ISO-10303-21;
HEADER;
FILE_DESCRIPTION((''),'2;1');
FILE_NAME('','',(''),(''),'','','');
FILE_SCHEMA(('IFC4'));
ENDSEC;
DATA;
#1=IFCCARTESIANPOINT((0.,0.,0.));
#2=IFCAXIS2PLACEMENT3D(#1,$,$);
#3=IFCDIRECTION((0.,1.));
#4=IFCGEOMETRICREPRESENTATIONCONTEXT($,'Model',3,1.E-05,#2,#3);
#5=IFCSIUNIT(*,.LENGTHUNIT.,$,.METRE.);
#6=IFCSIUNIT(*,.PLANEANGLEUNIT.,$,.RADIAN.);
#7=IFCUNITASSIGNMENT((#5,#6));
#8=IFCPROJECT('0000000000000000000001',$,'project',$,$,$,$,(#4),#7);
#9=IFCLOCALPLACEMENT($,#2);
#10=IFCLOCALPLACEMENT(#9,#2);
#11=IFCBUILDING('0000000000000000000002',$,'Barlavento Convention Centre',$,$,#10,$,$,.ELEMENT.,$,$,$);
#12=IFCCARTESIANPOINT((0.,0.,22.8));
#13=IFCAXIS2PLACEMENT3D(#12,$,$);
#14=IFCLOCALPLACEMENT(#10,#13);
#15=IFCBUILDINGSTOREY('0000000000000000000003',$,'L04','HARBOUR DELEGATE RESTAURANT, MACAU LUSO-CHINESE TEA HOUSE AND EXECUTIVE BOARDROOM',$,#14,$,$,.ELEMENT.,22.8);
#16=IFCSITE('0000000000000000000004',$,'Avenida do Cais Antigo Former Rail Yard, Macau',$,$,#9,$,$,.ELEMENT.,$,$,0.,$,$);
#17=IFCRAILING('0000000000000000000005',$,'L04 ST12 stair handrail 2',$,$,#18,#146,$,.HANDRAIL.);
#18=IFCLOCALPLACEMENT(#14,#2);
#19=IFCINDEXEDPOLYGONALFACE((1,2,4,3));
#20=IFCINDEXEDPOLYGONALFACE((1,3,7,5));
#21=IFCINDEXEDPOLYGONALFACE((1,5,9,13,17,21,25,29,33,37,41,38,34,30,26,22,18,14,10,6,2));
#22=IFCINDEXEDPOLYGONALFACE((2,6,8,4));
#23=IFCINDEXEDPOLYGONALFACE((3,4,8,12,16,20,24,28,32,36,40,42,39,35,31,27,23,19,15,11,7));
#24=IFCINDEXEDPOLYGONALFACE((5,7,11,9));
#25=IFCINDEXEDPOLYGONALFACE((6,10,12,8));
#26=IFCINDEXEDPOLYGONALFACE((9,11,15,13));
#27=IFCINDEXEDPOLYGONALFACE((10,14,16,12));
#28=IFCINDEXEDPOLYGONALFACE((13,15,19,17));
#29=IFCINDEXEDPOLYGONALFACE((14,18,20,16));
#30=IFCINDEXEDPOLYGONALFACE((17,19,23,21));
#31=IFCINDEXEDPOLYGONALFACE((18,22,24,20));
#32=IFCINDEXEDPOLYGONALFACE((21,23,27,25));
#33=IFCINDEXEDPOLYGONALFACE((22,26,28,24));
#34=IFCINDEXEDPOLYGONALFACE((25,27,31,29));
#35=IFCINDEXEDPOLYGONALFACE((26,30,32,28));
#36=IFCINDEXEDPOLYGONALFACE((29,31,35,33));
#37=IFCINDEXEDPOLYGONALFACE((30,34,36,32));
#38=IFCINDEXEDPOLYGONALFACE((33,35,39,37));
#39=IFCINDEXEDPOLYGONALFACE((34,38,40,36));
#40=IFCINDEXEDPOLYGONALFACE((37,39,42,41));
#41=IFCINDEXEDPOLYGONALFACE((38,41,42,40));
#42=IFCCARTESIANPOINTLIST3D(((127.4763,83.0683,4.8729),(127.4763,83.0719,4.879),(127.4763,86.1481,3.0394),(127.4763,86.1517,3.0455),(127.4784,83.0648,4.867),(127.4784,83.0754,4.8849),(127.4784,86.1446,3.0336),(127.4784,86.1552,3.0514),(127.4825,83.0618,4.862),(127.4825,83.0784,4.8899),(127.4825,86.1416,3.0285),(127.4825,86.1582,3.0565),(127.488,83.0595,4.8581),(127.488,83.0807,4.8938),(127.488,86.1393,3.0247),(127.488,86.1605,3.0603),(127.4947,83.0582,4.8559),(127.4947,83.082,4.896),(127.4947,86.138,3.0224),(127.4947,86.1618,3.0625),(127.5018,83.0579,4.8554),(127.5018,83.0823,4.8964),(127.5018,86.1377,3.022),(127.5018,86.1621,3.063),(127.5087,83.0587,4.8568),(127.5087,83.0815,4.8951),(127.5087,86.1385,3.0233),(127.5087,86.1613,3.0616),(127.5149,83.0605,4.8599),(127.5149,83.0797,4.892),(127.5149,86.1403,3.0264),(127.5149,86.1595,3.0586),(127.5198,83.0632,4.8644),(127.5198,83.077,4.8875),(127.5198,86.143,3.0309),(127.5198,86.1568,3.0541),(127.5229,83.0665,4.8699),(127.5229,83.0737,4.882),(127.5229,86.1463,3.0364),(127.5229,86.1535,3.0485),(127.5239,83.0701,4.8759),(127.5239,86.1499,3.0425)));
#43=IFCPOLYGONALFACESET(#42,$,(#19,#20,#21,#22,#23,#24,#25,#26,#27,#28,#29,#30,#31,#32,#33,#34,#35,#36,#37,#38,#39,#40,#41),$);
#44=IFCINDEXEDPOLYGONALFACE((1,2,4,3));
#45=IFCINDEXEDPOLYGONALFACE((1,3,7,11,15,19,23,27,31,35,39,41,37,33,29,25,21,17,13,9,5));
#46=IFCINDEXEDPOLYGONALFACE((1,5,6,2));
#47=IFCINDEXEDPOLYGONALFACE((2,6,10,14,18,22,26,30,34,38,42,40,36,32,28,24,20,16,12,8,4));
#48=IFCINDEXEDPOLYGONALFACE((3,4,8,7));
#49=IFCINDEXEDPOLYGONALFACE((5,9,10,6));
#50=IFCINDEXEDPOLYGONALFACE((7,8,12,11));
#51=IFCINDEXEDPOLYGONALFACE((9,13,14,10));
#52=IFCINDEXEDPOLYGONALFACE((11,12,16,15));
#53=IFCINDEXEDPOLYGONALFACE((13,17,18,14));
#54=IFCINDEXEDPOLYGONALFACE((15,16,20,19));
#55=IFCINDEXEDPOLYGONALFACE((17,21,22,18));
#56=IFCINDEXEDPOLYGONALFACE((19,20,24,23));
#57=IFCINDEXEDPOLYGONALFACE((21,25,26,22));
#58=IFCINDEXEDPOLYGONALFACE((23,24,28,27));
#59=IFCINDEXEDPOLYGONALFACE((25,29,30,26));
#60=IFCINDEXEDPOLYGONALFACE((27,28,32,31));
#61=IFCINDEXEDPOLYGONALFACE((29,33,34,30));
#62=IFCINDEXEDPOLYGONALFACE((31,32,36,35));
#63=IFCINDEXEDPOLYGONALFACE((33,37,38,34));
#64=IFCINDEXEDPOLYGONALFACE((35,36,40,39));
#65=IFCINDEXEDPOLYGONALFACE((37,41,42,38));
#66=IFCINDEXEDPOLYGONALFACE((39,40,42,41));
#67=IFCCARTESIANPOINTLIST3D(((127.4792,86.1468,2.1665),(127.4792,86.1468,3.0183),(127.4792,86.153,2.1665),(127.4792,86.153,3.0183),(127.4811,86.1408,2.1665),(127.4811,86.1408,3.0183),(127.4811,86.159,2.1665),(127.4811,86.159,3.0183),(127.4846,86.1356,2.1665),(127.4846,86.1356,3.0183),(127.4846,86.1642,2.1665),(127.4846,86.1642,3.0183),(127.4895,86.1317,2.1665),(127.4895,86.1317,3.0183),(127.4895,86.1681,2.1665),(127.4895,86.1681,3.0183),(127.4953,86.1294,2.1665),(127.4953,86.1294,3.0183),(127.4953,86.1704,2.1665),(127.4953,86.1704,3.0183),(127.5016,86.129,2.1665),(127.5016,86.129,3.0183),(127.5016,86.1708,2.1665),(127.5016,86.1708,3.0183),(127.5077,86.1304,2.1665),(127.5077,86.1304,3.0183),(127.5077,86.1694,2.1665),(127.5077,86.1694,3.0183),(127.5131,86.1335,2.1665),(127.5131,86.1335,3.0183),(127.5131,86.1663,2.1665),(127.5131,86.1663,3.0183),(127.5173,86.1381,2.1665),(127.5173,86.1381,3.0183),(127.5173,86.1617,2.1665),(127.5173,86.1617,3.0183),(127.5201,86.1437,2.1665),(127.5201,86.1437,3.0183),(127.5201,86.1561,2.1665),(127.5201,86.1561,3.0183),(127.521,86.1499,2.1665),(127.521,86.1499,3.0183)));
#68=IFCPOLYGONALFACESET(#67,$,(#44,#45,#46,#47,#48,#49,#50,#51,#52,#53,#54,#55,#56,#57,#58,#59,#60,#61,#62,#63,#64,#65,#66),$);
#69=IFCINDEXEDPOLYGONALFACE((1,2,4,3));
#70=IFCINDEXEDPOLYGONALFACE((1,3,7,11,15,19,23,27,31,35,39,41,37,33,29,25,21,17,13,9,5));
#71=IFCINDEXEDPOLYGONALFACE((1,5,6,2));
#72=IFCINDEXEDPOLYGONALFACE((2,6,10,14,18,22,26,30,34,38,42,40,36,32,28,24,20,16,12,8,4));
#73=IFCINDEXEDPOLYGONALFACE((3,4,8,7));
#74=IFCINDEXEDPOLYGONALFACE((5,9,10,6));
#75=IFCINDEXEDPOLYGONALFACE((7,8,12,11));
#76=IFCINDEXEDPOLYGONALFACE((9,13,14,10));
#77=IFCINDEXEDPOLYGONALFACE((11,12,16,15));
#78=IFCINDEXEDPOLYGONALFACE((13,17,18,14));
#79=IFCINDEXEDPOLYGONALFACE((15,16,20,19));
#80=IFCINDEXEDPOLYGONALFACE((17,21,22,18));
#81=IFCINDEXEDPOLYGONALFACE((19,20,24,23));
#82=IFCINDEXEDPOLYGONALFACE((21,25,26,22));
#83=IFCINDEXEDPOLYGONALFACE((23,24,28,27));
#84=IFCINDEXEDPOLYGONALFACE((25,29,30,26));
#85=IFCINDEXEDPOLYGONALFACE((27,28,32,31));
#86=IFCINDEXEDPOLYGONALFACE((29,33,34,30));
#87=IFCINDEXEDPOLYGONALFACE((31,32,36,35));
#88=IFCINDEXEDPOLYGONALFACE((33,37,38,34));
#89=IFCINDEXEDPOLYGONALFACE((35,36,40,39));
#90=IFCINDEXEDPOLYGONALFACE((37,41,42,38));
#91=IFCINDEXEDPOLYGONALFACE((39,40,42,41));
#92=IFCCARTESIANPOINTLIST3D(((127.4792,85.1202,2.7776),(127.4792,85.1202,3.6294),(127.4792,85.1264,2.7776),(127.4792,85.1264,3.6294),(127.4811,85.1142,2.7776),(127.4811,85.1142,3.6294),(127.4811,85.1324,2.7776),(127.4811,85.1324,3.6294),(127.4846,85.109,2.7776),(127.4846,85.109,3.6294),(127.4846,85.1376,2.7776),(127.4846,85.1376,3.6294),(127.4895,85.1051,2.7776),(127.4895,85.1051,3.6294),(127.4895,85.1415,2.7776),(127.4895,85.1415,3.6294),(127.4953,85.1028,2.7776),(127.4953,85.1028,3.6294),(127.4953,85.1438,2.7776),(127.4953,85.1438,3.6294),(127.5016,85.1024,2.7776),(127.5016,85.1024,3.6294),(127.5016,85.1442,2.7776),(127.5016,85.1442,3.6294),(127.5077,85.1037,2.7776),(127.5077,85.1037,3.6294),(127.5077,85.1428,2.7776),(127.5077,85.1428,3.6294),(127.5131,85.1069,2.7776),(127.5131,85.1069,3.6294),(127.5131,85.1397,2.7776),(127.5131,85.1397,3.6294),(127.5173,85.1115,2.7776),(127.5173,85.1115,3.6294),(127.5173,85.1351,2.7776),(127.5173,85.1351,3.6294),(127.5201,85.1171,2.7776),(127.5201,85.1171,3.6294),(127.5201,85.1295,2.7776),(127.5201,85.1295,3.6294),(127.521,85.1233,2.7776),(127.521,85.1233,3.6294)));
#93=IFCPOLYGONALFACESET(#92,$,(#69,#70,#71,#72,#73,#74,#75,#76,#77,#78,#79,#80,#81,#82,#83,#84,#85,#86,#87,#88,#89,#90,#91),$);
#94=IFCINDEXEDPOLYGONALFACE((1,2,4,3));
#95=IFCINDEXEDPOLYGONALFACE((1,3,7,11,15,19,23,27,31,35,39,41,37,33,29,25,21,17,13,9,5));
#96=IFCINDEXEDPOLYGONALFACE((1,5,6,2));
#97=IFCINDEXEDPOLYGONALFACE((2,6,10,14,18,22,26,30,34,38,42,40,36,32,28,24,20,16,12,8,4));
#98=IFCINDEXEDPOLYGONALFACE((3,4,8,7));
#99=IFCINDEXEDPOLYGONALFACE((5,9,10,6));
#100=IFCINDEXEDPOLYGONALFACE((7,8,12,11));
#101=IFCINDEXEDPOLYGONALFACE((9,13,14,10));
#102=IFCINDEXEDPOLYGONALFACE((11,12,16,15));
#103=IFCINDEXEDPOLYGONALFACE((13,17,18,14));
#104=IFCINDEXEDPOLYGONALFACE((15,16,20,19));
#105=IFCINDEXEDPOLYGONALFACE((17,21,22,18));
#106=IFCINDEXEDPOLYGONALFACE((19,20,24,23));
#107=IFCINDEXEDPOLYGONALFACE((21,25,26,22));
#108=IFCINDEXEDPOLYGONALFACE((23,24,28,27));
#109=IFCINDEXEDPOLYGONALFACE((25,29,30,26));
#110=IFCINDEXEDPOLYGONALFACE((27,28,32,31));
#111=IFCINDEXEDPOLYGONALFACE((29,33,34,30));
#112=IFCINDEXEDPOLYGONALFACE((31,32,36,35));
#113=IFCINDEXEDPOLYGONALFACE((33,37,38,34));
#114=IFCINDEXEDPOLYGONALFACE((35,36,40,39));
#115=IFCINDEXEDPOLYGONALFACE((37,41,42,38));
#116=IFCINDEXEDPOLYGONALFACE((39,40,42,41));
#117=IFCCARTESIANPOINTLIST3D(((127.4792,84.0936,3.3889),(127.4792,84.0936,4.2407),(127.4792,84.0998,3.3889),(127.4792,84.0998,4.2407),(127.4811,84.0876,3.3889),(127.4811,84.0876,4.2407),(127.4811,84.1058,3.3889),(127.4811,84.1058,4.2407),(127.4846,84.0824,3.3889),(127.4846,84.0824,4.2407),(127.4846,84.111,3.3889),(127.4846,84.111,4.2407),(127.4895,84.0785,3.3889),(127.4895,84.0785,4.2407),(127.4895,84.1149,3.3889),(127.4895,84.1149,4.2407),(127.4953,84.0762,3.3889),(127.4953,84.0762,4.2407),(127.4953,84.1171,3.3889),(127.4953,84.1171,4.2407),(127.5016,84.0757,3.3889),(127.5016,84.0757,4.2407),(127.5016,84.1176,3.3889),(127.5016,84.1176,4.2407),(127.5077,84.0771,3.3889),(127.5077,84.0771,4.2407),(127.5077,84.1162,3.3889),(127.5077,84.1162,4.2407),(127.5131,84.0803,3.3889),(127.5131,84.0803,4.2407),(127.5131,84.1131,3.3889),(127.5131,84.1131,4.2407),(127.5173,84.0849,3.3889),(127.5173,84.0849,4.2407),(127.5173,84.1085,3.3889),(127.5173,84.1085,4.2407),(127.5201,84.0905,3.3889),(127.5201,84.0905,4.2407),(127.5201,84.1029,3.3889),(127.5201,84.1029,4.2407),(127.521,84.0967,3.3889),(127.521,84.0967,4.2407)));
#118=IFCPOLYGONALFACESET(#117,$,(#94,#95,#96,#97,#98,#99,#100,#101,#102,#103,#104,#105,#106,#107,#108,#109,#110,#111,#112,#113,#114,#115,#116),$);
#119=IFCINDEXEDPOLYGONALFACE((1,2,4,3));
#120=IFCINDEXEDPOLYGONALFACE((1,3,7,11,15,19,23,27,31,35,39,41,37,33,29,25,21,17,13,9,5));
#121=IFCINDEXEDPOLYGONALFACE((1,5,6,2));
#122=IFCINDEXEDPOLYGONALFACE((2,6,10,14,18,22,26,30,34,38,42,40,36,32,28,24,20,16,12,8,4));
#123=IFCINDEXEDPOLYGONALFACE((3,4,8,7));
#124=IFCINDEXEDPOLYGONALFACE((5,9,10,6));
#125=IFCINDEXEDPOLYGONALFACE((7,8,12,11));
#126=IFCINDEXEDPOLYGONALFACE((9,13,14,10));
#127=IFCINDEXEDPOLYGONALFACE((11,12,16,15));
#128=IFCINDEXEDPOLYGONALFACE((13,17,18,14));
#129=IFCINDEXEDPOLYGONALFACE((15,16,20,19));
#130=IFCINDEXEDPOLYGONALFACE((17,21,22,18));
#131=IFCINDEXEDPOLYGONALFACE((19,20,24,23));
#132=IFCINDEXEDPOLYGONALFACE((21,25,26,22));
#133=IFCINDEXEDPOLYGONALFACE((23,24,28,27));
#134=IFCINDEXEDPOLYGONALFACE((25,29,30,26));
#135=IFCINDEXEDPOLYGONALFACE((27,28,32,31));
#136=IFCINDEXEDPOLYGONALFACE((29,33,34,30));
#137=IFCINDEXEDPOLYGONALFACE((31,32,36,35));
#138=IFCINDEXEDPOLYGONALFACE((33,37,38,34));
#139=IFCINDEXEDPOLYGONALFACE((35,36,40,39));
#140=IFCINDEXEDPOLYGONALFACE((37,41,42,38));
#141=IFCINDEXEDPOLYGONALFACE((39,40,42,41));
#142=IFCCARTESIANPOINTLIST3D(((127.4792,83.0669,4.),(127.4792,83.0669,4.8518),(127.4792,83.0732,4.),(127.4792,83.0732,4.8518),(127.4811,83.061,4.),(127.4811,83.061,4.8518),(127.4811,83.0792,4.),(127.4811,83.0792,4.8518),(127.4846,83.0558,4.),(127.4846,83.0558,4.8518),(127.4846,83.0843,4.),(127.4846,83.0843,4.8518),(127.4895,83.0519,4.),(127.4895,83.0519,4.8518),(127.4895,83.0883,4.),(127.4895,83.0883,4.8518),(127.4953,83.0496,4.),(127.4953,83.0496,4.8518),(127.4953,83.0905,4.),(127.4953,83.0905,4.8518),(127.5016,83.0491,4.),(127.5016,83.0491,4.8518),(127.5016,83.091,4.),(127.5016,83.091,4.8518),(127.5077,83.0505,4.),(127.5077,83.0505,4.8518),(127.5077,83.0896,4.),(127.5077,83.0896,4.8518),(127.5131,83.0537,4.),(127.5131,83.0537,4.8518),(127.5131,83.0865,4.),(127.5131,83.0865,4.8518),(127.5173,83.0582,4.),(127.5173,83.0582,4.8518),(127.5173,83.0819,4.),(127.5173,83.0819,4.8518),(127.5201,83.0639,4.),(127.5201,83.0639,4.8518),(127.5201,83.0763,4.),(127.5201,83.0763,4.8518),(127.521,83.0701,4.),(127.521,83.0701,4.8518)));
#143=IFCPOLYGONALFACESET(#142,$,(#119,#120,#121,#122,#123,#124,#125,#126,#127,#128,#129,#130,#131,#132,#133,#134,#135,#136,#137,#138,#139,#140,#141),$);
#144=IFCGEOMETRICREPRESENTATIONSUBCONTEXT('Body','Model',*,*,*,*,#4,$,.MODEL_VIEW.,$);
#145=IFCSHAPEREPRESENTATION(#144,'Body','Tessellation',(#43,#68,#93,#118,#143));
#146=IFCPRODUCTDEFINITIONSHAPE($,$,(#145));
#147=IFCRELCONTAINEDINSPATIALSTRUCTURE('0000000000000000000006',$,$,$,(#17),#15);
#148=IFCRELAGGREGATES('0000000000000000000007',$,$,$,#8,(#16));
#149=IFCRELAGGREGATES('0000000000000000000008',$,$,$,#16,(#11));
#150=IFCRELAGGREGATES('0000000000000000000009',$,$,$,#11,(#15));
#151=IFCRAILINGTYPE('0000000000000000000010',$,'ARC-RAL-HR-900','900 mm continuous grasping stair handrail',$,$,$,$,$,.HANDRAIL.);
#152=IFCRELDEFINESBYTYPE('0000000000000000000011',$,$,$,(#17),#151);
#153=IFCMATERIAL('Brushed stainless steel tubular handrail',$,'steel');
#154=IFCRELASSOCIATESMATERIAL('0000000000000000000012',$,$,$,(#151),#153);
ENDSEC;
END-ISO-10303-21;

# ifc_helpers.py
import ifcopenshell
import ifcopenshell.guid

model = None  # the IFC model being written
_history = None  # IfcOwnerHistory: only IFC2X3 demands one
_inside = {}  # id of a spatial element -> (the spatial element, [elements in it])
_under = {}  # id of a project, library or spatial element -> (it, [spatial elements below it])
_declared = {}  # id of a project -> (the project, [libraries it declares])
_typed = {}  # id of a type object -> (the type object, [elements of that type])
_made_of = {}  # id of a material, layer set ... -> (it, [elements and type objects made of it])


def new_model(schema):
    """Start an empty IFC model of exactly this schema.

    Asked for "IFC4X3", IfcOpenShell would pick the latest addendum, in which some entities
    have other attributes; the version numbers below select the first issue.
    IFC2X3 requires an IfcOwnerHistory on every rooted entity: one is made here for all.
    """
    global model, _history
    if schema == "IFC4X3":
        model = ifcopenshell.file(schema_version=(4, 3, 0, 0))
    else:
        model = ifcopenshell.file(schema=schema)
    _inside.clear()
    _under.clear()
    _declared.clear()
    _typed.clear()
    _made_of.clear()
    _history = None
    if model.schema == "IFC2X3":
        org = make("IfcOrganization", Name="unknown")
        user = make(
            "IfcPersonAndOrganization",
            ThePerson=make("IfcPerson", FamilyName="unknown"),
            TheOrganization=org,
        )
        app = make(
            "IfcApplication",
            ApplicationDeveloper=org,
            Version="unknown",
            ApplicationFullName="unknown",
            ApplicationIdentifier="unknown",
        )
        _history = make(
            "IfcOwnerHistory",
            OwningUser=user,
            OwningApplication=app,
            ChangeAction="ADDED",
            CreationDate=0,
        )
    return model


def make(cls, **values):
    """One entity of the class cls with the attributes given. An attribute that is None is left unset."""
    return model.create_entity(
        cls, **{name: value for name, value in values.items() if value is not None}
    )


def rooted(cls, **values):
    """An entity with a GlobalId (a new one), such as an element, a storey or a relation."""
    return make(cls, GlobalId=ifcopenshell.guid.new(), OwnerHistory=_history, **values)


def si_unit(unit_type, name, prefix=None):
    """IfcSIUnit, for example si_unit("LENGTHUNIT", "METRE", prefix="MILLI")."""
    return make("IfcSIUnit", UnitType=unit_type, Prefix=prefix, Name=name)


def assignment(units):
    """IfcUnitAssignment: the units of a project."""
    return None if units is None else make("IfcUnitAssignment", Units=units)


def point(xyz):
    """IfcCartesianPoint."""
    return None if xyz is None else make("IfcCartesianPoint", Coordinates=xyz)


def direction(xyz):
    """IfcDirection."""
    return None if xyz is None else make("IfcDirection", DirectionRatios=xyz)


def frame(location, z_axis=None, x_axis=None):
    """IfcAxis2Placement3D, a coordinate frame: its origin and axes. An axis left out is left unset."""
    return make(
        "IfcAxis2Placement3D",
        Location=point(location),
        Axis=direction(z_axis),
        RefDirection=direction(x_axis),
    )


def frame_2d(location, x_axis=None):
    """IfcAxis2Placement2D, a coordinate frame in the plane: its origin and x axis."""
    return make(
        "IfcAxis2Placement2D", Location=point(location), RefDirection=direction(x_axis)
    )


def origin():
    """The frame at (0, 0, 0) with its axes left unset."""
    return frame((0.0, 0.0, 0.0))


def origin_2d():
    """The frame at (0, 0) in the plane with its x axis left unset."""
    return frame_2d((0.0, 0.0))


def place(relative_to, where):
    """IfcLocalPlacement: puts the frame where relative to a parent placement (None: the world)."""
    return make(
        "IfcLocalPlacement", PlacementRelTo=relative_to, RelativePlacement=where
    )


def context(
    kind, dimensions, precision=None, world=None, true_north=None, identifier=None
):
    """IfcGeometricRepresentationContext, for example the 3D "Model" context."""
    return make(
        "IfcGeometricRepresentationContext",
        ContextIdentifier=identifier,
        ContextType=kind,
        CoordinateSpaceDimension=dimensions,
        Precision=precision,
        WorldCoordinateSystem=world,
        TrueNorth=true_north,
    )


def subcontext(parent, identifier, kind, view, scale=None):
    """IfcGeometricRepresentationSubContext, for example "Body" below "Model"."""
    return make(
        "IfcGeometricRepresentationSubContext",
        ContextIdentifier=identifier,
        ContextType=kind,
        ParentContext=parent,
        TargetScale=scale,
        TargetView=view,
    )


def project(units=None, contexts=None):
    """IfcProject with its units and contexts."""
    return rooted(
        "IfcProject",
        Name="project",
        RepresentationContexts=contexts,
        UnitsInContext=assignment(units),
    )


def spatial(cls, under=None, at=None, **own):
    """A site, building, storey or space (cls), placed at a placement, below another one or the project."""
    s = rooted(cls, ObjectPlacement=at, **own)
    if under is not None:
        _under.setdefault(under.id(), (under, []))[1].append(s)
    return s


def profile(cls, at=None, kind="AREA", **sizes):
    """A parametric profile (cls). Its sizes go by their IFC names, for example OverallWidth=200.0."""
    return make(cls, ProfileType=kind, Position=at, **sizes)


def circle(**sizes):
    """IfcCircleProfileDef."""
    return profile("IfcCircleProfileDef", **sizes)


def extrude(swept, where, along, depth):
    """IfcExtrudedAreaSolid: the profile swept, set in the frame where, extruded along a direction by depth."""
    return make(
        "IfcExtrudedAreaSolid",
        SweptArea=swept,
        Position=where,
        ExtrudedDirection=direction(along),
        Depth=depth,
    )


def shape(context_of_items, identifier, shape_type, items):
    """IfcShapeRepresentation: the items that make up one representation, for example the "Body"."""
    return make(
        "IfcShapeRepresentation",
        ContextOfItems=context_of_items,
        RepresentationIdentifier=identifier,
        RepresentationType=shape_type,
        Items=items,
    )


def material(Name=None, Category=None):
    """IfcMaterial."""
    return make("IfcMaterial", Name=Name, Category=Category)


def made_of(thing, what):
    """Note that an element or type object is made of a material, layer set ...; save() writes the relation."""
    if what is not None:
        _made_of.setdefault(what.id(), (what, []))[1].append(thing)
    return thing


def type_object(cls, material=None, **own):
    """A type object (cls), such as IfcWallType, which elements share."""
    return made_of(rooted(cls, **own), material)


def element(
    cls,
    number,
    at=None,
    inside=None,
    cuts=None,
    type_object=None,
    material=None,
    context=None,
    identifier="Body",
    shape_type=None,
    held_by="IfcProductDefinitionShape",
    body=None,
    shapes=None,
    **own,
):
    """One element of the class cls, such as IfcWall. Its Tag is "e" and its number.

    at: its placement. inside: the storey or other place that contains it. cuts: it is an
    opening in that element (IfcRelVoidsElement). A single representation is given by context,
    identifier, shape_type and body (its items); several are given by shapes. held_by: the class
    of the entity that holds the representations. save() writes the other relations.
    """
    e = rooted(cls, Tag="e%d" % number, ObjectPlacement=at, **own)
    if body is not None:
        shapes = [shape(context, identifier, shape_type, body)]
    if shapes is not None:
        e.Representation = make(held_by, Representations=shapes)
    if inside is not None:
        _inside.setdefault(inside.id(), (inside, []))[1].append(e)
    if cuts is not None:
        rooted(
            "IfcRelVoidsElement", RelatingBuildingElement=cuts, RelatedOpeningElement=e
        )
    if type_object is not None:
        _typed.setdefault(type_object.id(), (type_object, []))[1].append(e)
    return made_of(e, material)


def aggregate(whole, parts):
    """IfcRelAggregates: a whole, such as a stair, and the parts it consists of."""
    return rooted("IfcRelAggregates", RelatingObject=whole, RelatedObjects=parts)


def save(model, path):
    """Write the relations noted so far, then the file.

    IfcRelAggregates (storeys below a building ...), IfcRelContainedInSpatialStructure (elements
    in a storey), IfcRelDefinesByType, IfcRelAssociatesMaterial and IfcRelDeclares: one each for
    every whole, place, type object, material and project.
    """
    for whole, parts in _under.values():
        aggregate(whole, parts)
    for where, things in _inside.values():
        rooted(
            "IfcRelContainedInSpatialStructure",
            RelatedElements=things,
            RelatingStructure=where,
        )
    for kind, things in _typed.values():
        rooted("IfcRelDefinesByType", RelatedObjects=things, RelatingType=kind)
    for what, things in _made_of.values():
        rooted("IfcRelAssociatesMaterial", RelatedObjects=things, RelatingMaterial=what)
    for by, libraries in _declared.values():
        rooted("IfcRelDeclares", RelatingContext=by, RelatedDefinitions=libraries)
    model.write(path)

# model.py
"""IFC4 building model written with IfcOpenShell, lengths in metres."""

from ifc_helpers import new_model, si_unit, direction, frame, origin, origin_2d, place, context, subcontext, project, spatial, circle, extrude, material, type_object, element, save


model = new_model("IFC4")

# Units and contexts
model_context = context("Model", 3, precision=1e-05, world=origin(), true_north=direction((0.0, 1.0)))
body_context = subcontext(model_context, "Body", "Model", "MODEL_VIEW")
ifc_project = project(units=[si_unit("LENGTHUNIT", "METRE"), si_unit("PLANEANGLEUNIT", "RADIAN")], contexts=[model_context])

# Site, building, storey
site_placement = place(None, origin())
site = spatial("IfcSite", under=ifc_project, at=site_placement, Name="Avenida do Cais Antigo Former Rail Yard, Macau", CompositionType="ELEMENT", RefElevation=0.0)
building_placement = place(site_placement, origin())
building = spatial("IfcBuilding", under=site, at=building_placement, Name="Barlavento Convention Centre", CompositionType="ELEMENT")
storey_placement = place(building_placement, frame((0.0, 0.0, 22.8)))
storey = spatial("IfcBuildingStorey", under=building, at=storey_placement, Name="L04", Description="HARBOUR DELEGATE RESTAURANT, MACAU LUSO-CHINESE TEA HOUSE AND EXECUTIVE BOARDROOM", CompositionType="ELEMENT", Elevation=22.8)

# Railing
ifc_material_1 = material(Name="Brushed stainless steel tubular handrail", Category="steel")
railing_type_1 = type_object("IfcRailingType", Name="ARC-RAL-HR-900", Description="900 mm continuous grasping stair handrail", PredefinedType="HANDRAIL", material=ifc_material_1)
railing_1_placement = place(storey_placement, frame((127.5, 86.1499, 2.1665)))
element("IfcRailing", 1, at=railing_1_placement, inside=storey, type_object=railing_type_1, Name="L04 ST12 stair handrail 2", PredefinedType="HANDRAIL", context=body_context, shape_type="SweptSolid", body=[
    extrude(circle(Radius=0.0239, at=origin_2d()), frame((0.0, 0.0, 0.876), z_axis=(0.0, -0.859261, 0.511538), x_axis=(1.0, 0.0, 0.0)), (0.0, 0.0, 1.0), 3.5842),
    extrude(circle(Radius=0.021, at=origin_2d()), origin(), (0.0, 0.0, 1.0), 0.8518),
    extrude(circle(Radius=0.021, at=origin_2d()), frame((0.0, -1.0266, 0.6111)), (0.0, 0.0, 1.0), 0.8518),
    extrude(circle(Radius=0.021, at=origin_2d()), frame((0.0, -2.0532, 1.2224)), (0.0, 0.0, 1.0), 0.8518),
    extrude(circle(Radius=0.021, at=origin_2d()), frame((0.0, -3.0798, 1.8335)), (0.0, 0.0, 1.0), 0.8518),
])

save(model, "model.ifc")
